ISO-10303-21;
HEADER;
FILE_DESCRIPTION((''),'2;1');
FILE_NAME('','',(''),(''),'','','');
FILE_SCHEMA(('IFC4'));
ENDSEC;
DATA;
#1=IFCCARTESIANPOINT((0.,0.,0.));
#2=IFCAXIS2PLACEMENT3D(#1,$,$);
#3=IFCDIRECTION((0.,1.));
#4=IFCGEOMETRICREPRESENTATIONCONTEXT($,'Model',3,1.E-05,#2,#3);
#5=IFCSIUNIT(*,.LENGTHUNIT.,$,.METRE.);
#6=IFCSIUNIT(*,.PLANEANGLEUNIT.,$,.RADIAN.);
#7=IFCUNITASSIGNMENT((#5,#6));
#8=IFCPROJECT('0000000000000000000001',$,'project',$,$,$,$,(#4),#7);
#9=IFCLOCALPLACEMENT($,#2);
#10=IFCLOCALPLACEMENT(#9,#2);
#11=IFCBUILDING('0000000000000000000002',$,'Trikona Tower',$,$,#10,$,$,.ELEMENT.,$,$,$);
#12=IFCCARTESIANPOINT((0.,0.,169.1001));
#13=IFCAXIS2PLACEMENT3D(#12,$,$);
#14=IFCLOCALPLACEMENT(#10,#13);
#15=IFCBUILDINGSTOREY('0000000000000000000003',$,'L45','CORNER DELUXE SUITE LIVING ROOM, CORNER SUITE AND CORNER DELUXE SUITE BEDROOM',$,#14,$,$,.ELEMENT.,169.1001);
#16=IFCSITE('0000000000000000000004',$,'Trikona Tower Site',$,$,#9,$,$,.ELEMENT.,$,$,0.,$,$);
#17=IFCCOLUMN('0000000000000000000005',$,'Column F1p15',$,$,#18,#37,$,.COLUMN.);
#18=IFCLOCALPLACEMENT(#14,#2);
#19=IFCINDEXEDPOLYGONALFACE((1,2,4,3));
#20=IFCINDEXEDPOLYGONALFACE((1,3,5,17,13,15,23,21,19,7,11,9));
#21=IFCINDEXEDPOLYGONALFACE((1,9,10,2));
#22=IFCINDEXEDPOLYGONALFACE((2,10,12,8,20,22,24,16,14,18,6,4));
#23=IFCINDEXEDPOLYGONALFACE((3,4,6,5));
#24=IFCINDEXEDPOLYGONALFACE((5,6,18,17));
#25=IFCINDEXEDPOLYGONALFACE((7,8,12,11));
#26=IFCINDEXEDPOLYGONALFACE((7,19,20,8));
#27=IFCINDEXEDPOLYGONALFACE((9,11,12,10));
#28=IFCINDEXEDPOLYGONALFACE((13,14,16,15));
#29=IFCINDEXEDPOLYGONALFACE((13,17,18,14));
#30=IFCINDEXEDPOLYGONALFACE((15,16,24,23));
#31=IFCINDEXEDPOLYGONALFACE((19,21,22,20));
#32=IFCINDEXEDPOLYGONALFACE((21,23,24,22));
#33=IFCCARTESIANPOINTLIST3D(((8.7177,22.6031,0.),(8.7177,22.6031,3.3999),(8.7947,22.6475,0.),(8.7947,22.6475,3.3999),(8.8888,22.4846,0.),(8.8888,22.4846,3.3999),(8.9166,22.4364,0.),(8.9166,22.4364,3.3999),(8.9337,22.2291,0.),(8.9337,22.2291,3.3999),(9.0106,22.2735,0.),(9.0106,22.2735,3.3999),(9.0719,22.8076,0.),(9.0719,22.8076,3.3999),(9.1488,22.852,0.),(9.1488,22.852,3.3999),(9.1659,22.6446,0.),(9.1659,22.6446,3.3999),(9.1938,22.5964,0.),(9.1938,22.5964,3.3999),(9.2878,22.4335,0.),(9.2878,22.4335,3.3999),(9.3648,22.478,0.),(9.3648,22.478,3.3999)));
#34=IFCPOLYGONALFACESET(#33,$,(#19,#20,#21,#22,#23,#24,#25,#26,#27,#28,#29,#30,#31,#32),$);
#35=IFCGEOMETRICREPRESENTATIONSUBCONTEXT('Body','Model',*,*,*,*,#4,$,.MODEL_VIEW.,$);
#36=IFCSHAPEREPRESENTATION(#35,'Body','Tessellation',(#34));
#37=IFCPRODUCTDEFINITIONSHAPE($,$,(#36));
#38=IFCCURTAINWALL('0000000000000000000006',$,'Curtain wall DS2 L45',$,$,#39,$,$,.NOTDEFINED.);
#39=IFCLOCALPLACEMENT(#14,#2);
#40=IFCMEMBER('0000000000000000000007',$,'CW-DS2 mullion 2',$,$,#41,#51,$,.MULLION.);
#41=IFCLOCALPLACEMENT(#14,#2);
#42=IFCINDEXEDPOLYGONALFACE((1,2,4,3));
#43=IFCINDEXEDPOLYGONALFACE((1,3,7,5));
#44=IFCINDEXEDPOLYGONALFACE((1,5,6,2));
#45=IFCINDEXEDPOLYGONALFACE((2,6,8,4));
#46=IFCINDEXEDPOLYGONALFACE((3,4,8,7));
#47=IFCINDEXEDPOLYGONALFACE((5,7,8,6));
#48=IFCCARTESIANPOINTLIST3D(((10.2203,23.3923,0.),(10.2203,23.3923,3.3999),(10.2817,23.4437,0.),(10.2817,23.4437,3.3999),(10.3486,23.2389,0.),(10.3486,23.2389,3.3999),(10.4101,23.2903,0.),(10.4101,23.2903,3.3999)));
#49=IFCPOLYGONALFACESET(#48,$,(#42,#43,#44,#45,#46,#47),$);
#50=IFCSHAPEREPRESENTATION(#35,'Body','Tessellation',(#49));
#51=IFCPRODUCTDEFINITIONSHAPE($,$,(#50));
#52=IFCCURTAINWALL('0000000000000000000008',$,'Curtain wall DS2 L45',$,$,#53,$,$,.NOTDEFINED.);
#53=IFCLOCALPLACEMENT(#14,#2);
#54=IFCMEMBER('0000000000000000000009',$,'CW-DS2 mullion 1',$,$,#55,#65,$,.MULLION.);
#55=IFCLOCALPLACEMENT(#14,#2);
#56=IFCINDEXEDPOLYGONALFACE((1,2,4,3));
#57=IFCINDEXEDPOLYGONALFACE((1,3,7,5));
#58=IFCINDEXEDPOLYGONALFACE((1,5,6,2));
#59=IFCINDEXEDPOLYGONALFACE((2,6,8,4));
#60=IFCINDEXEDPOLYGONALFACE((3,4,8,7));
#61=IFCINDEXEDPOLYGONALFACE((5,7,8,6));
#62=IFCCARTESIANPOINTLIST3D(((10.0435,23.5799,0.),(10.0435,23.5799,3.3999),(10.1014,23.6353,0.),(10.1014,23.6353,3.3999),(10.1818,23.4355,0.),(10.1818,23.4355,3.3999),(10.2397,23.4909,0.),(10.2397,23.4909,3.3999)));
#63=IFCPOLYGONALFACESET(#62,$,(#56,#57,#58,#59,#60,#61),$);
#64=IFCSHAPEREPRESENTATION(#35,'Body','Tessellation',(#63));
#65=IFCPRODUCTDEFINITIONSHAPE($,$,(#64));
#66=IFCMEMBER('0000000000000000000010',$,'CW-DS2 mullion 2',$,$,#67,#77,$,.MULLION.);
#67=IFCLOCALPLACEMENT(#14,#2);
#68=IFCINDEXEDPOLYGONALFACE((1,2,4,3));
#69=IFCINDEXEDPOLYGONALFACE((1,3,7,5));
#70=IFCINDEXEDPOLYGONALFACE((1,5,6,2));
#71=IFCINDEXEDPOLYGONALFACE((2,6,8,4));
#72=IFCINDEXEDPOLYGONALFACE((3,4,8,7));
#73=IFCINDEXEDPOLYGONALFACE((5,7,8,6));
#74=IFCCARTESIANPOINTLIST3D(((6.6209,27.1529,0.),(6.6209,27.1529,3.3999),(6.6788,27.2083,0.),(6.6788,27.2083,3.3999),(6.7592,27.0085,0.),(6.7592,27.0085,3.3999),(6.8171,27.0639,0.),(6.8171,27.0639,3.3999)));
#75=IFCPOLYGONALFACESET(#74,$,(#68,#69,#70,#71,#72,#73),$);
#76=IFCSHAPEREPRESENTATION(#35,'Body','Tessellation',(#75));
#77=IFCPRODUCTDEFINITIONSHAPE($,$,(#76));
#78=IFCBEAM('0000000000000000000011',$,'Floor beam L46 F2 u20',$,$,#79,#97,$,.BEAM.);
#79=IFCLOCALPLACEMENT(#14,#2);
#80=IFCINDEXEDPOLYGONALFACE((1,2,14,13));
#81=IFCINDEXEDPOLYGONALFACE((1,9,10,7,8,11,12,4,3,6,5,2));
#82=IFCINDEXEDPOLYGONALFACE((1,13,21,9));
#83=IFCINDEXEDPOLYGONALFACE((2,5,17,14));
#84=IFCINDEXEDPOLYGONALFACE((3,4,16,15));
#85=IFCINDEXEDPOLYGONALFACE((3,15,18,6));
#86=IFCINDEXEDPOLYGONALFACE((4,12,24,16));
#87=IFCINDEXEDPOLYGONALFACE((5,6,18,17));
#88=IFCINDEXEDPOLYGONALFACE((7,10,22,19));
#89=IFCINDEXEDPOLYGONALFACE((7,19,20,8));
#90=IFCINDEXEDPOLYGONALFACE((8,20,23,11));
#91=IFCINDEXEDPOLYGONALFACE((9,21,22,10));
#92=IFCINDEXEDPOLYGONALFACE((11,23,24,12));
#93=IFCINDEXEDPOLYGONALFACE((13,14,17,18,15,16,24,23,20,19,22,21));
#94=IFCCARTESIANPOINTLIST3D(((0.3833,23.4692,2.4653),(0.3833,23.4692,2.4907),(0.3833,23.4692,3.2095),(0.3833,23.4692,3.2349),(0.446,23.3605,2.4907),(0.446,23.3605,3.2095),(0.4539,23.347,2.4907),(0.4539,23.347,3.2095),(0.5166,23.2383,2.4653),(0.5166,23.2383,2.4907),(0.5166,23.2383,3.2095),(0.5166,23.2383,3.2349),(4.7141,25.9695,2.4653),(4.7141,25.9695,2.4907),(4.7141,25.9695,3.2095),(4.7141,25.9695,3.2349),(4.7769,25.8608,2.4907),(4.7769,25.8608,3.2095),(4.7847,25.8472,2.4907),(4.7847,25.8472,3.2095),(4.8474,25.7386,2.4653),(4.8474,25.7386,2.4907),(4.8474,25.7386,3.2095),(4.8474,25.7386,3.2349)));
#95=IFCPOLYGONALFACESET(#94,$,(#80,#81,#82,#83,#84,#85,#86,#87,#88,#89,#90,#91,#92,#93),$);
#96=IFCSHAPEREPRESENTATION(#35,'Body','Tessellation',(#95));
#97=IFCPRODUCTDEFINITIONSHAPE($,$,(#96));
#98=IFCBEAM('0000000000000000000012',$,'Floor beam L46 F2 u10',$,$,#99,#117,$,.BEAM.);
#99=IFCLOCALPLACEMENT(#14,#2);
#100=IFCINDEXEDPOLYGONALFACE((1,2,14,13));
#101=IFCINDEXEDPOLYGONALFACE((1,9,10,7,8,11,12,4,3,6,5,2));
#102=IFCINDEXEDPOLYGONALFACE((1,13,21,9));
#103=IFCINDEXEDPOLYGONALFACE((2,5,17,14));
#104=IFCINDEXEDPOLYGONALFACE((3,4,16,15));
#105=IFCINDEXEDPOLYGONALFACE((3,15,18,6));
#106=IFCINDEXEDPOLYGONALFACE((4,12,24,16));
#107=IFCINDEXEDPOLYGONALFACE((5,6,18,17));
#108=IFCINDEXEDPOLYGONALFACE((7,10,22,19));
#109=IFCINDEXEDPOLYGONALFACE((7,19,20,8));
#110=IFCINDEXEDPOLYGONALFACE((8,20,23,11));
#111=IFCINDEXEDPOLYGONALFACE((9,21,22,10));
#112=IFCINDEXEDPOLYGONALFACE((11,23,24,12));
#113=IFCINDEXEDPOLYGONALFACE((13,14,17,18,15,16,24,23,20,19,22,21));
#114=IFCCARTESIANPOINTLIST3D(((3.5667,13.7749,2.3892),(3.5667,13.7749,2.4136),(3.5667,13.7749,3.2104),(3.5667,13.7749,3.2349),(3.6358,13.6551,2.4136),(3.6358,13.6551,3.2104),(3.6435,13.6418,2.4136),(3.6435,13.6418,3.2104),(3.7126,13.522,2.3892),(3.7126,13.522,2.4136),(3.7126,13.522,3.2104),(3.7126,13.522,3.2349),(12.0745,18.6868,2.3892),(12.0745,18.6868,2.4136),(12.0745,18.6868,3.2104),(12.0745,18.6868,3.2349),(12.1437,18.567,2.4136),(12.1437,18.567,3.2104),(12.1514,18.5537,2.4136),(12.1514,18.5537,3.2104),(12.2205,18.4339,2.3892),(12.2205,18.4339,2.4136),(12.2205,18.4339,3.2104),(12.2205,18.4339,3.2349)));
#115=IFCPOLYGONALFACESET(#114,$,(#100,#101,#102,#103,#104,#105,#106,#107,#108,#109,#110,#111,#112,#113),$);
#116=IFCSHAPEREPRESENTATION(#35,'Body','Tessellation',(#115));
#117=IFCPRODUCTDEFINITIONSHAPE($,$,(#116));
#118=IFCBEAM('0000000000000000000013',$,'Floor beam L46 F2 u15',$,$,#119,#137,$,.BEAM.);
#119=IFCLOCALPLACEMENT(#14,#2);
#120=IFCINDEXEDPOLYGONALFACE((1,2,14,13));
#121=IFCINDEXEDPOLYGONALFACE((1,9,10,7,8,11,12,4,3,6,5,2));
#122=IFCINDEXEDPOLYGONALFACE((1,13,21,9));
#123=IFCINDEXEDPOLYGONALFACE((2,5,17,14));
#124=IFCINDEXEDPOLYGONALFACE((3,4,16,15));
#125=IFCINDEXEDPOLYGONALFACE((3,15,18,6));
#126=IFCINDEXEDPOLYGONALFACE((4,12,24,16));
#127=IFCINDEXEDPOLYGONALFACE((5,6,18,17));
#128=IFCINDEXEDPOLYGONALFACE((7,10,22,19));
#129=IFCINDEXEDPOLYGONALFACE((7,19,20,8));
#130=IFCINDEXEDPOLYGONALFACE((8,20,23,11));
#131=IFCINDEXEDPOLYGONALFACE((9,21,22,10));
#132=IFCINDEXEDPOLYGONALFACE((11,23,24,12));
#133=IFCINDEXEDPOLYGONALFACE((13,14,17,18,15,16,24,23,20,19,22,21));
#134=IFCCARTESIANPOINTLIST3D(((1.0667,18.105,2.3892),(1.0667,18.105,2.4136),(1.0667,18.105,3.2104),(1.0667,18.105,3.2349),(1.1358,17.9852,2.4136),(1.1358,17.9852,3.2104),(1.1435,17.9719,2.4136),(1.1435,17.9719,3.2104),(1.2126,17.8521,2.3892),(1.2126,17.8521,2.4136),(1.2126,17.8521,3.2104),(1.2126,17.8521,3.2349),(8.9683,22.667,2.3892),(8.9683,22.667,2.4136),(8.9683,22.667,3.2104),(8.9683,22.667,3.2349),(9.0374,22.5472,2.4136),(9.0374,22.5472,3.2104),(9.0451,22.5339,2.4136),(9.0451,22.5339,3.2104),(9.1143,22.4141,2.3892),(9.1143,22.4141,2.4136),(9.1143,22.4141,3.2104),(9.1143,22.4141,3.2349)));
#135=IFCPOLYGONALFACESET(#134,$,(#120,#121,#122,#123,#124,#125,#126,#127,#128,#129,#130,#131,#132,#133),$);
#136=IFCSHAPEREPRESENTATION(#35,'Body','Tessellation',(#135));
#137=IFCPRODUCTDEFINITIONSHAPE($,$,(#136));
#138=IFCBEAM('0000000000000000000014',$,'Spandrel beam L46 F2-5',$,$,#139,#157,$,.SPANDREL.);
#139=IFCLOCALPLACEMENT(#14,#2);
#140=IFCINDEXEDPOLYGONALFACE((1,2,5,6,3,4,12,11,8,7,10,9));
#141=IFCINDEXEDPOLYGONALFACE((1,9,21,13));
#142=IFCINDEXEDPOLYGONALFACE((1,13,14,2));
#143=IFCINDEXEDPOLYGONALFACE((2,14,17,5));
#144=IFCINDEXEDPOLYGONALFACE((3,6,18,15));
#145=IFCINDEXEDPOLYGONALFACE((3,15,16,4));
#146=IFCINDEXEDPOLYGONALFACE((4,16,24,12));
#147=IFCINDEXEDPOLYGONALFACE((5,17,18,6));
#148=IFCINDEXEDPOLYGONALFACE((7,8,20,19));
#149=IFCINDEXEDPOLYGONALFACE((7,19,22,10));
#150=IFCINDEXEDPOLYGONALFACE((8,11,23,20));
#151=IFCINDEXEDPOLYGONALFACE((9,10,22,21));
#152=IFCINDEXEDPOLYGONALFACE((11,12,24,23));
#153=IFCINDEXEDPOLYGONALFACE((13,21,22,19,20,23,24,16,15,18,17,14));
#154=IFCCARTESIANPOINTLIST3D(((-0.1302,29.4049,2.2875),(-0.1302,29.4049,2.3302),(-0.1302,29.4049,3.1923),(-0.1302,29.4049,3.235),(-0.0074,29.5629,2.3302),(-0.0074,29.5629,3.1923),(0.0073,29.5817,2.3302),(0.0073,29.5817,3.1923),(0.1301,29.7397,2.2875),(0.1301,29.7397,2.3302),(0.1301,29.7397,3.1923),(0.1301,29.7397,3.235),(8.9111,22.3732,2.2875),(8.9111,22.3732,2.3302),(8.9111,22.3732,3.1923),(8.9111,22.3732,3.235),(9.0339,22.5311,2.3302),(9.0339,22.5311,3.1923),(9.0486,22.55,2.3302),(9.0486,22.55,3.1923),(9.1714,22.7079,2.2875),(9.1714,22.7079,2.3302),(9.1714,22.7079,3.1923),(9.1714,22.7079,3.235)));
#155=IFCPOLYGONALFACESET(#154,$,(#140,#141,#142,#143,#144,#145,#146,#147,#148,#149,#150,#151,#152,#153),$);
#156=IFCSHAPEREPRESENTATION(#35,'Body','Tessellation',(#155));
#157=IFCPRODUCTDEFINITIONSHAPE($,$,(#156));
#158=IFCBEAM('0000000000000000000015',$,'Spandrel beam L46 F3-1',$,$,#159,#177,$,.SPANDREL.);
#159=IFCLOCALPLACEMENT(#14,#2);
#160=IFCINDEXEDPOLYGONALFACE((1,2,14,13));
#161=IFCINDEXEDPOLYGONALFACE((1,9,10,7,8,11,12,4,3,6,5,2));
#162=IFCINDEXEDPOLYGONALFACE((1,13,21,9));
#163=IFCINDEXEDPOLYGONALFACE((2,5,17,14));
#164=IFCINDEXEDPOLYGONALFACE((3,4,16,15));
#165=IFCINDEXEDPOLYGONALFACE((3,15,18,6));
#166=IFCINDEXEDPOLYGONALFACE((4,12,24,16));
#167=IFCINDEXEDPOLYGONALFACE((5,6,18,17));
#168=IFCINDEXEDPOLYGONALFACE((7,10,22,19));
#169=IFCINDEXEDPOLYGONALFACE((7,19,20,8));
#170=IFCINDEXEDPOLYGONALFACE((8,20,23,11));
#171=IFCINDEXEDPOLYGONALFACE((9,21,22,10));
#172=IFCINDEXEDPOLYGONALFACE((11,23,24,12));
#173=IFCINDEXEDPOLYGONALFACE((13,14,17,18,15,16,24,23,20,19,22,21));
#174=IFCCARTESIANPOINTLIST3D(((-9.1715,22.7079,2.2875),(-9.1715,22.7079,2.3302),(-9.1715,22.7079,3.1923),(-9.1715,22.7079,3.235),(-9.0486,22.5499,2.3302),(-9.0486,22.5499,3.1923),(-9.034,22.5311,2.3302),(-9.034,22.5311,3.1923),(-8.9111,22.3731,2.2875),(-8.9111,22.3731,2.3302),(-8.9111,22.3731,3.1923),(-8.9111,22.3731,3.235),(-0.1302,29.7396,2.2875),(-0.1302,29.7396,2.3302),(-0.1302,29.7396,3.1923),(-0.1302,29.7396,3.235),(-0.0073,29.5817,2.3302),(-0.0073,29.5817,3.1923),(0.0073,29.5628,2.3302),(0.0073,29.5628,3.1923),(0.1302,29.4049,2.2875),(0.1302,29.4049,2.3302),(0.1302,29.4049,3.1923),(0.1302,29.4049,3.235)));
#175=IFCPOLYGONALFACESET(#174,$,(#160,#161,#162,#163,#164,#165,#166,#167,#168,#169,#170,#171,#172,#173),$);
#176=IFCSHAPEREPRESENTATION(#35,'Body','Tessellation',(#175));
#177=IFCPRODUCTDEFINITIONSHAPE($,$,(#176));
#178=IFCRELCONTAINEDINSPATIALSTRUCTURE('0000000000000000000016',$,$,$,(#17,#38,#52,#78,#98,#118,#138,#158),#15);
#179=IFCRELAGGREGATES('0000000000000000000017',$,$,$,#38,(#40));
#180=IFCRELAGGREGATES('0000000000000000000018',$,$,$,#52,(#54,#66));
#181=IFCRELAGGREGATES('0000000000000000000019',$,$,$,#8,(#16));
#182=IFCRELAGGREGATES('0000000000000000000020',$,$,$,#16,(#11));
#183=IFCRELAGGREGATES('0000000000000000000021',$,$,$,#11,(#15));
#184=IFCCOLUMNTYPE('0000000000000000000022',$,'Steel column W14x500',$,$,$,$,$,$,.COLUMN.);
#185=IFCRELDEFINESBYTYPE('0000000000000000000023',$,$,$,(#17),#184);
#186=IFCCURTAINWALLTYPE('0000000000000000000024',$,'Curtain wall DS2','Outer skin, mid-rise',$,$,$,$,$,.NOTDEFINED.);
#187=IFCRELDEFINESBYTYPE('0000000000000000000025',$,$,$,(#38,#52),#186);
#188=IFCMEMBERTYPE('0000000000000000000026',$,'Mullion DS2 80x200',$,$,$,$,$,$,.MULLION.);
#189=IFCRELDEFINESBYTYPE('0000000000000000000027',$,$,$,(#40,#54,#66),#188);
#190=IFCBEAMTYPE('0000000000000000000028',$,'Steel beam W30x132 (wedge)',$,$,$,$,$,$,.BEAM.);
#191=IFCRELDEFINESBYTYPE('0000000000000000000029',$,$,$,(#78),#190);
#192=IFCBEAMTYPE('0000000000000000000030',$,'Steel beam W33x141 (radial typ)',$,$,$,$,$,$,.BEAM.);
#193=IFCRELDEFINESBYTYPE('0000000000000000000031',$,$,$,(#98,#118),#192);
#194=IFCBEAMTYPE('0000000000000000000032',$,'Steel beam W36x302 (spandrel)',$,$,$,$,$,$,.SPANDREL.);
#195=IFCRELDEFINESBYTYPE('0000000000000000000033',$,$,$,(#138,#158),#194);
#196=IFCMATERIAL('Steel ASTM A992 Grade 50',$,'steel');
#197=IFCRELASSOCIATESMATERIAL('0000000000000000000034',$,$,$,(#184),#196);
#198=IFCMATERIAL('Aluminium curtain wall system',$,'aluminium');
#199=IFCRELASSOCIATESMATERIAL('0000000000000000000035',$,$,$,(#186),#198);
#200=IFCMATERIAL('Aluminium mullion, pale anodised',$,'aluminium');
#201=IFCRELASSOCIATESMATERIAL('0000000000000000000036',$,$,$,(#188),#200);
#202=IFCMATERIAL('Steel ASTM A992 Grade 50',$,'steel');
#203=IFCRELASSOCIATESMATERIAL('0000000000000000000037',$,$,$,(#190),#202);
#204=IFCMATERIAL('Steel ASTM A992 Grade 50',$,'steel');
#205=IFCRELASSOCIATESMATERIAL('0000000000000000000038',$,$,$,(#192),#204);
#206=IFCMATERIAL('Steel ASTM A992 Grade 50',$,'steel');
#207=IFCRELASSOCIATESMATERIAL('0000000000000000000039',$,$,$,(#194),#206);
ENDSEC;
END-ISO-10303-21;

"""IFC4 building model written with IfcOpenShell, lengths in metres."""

from ifc_helpers import new_model, si_unit, direction, frame, origin, origin_2d, place, context, subcontext, project, spatial, rectangle, i_section, extrude, material, material_profile, profile_set, type_object, element, aggregate, save


model = new_model("IFC4")

# Units and contexts
model_context = context("Model", 3, precision=1e-05, world=origin(), true_north=direction((0.0, 1.0)))
body_context = subcontext(model_context, "Body", "Model", "MODEL_VIEW")
ifc_project = project(units=[si_unit("LENGTHUNIT", "METRE"), si_unit("PLANEANGLEUNIT", "RADIAN")], contexts=[model_context])

# Site, building, storey
site_placement = place(None, origin())
site = spatial("IfcSite", under=ifc_project, at=site_placement, Name="Trikona Tower Site", CompositionType="ELEMENT", RefElevation=0.0)
building_placement = place(site_placement, origin())
building = spatial("IfcBuilding", under=site, at=building_placement, Name="Trikona Tower", CompositionType="ELEMENT")
storey_placement = place(building_placement, frame((0.0, 0.0, 169.1001)))
storey = spatial("IfcBuildingStorey", under=building, at=storey_placement, Name="L45", Description="CORNER DELUXE SUITE LIVING ROOM, CORNER SUITE AND CORNER DELUXE SUITE BEDROOM", CompositionType="ELEMENT", Elevation=169.1001)

# Column
ifc_material_1 = material(Name="Steel ASTM A992 Grade 50", Category="steel")
ifc_material_profile_1 = material_profile(ifc_material_1, i_section(OverallWidth=0.4319, OverallDepth=0.4978, WebThickness=0.0557, FlangeThickness=0.0889, at=origin_2d()), Name="W14X500")
ifc_profile_set_1 = profile_set([ifc_material_profile_1], Name="Steel ASTM A992 Grade 50")
column_type = type_object("IfcColumnType", Name="Steel column W14x500", PredefinedType="COLUMN", material=ifc_profile_set_1)
column_placement = place(storey_placement, frame((9.0413, 22.5405, 0.0), z_axis=(0.0, 0.0, 1.0), x_axis=(-0.5, 0.866025, 0.0)))
element("IfcColumn", 1, at=column_placement, inside=storey, type_object=column_type, Name="Column F1p15", PredefinedType="COLUMN", context=body_context, shape_type="SweptSolid", body=[
    extrude(i_section(OverallWidth=0.4319, OverallDepth=0.4978, WebThickness=0.0557, FlangeThickness=0.0889, at=origin_2d()), origin(), (0.0, 0.0, 1.0), 3.3999),
])

# Curtain wall, member
ifc_material_2 = material(Name="Aluminium curtain wall system", Category="aluminium")
curtain_wall_type = type_object("IfcCurtainWallType", Name="Curtain wall DS2", Description="Outer skin, mid-rise", PredefinedType="NOTDEFINED", material=ifc_material_2)
curtain_wall_1_placement = place(storey_placement, origin())
curtain_wall_1 = element("IfcCurtainWall", 2, at=curtain_wall_1_placement, inside=storey, type_object=curtain_wall_type, Name="Curtain wall DS2 L45", PredefinedType="NOTDEFINED")
ifc_material_3 = material(Name="Aluminium mullion, pale anodised", Category="aluminium")
ifc_material_profile_2 = material_profile(ifc_material_3, rectangle(XDim=0.0801, YDim=0.2, at=origin_2d()), Name="MUL-DS2")
ifc_profile_set_2 = profile_set([ifc_material_profile_2], Name="Aluminium mullion, pale anodised")
member_type_1 = type_object("IfcMemberType", Name="Mullion DS2 80x200", PredefinedType="MULLION", material=ifc_profile_set_2)
member_1_placement = place(storey_placement, frame((10.3152, 23.3413, 0.0), z_axis=(0.0, 0.0, 1.0), x_axis=(-0.766867, -0.641806, 0.0)))
member_1 = element("IfcMember", 3, at=member_1_placement, type_object=member_type_1, Name="CW-DS2 mullion 2", PredefinedType="MULLION", context=body_context, shape_type="SweptSolid", body=[
    extrude(rectangle(XDim=0.0801, YDim=0.2, at=origin_2d()), origin(), (0.0, 0.0, 1.0), 3.3999),
])
aggregate(curtain_wall_1, [member_1])

# Curtain wall, members
curtain_wall_2_placement = place(storey_placement, origin())
curtain_wall_2 = element("IfcCurtainWall", 4, at=curtain_wall_2_placement, inside=storey, type_object=curtain_wall_type, Name="Curtain wall DS2 L45", PredefinedType="NOTDEFINED")
member_2_placement = place(storey_placement, frame((10.1416, 23.5354, 0.0), z_axis=(0.0, 0.0, 1.0), x_axis=(-0.722158, -0.691728, 0.0)))
member_2 = element("IfcMember", 5, at=member_2_placement, type_object=member_type_1, Name="CW-DS2 mullion 1", PredefinedType="MULLION", context=body_context, shape_type="SweptSolid", body=[
    extrude(rectangle(XDim=0.0801, YDim=0.2, at=origin_2d()), origin(), (0.0, 0.0, 1.0), 3.3999),
])
member_3_placement = place(storey_placement, frame((6.719, 27.1084, 0.0), z_axis=(0.0, 0.0, 1.0), x_axis=(-0.722158, -0.691728, 0.0)))
member_3 = element("IfcMember", 6, at=member_3_placement, type_object=member_type_1, Name="CW-DS2 mullion 2", PredefinedType="MULLION", context=body_context, shape_type="SweptSolid", body=[
    extrude(rectangle(XDim=0.0801, YDim=0.2, at=origin_2d()), origin(), (0.0, 0.0, 1.0), 3.3999),
])

# Beams
ifc_material_4 = material(Name="Steel ASTM A992 Grade 50", Category="steel")
ifc_material_profile_3 = material_profile(ifc_material_4, i_section(OverallWidth=0.2666, OverallDepth=0.7695, WebThickness=0.0156, FlangeThickness=0.0254, at=origin_2d()), Name="W30X132")
ifc_profile_set_3 = profile_set([ifc_material_profile_3], Name="Steel ASTM A992 Grade 50")
beam_type_1 = type_object("IfcBeamType", Name="Steel beam W30x132 (wedge)", PredefinedType="BEAM", material=ifc_profile_set_3)
beam_1_placement = place(storey_placement, frame((0.45, 23.3538, 2.8501), z_axis=(0.866038, 0.499977, 0.0), x_axis=(-0.499977, 0.866038, 0.0)))
element("IfcBeam", 7, at=beam_1_placement, inside=storey, type_object=beam_type_1, Name="Floor beam L46 F2 u20", PredefinedType="BEAM", context=body_context, shape_type="SweptSolid", body=[
    extrude(i_section(OverallWidth=0.2666, OverallDepth=0.7695, WebThickness=0.0156, FlangeThickness=0.0254, at=origin_2d()), origin(), (0.0, 0.0, 1.0), 5.0007),
])
ifc_material_5 = material(Name="Steel ASTM A992 Grade 50", Category="steel")
ifc_material_profile_4 = material_profile(ifc_material_5, i_section(OverallWidth=0.292, OverallDepth=0.8457, WebThickness=0.0154, FlangeThickness=0.0244, at=origin_2d()), Name="W33X141")
ifc_profile_set_4 = profile_set([ifc_material_profile_4], Name="Steel ASTM A992 Grade 50")
beam_type_2 = type_object("IfcBeamType", Name="Steel beam W33x141 (radial typ)", PredefinedType="BEAM", material=ifc_profile_set_4)
beam_2_placement = place(storey_placement, frame((3.6396, 13.6484, 2.812), z_axis=(0.866031, 0.499991, 0.0), x_axis=(-0.499991, 0.866031, 0.0)))
element("IfcBeam", 8, at=beam_2_placement, inside=storey, type_object=beam_type_2, Name="Floor beam L46 F2 u10", PredefinedType="BEAM", context=body_context, shape_type="SweptSolid", body=[
    extrude(i_section(OverallWidth=0.292, OverallDepth=0.8457, WebThickness=0.0154, FlangeThickness=0.0244, at=origin_2d()), origin(), (0.0, 0.0, 1.0), 9.824),
])
beam_3_placement = place(storey_placement, frame((1.1396, 17.9785, 2.812), z_axis=(0.866025, 0.500001, 0.0), x_axis=(-0.500001, 0.866025, 0.0)))
element("IfcBeam", 9, at=beam_3_placement, inside=storey, type_object=beam_type_2, Name="Floor beam L46 F2 u15", PredefinedType="BEAM", context=body_context, shape_type="SweptSolid", body=[
    extrude(i_section(OverallWidth=0.292, OverallDepth=0.8457, WebThickness=0.0154, FlangeThickness=0.0244, at=origin_2d()), origin(), (0.0, 0.0, 1.0), 9.124),
])
ifc_material_6 = material(Name="Steel ASTM A992 Grade 50", Category="steel")
ifc_material_profile_5 = material_profile(ifc_material_6, i_section(OverallWidth=0.4241, OverallDepth=0.9475, WebThickness=0.0239, FlangeThickness=0.0427, at=origin_2d()), Name="W36X302")
ifc_profile_set_5 = profile_set([ifc_material_profile_5], Name="Steel ASTM A992 Grade 50")
beam_type_3 = type_object("IfcBeamType", Name="Steel beam W36x302 (spandrel)", PredefinedType="SPANDREL", material=ifc_profile_set_5)
for number, where, z_axis, x_axis, name in (
    (10, (9.0413, 22.5405, 2.7612), (-0.789367, 0.613921, 0.0), (-0.613921, -0.789367, 0.0), "Spandrel beam L46 F2-5"),
    (11, (0.0, 29.5723, 2.7612), (-0.789367, -0.613921, 0.0), (0.613921, -0.789367, 0.0), "Spandrel beam L46 F3-1"),
):
    element("IfcBeam", number, at=place(storey_placement, frame(where, z_axis=z_axis, x_axis=x_axis)), inside=storey, type_object=beam_type_3, Name=name, PredefinedType="SPANDREL", context=body_context, shape_type="SweptSolid", body=[
        extrude(i_section(OverallWidth=0.4241, OverallDepth=0.9475, WebThickness=0.0239, FlangeThickness=0.0427, at=origin_2d()), origin(), (0.0, 0.0, 1.0), 11.4539),
    ])

aggregate(curtain_wall_2, [member_2, member_3])

save(model, "model.ifc")
